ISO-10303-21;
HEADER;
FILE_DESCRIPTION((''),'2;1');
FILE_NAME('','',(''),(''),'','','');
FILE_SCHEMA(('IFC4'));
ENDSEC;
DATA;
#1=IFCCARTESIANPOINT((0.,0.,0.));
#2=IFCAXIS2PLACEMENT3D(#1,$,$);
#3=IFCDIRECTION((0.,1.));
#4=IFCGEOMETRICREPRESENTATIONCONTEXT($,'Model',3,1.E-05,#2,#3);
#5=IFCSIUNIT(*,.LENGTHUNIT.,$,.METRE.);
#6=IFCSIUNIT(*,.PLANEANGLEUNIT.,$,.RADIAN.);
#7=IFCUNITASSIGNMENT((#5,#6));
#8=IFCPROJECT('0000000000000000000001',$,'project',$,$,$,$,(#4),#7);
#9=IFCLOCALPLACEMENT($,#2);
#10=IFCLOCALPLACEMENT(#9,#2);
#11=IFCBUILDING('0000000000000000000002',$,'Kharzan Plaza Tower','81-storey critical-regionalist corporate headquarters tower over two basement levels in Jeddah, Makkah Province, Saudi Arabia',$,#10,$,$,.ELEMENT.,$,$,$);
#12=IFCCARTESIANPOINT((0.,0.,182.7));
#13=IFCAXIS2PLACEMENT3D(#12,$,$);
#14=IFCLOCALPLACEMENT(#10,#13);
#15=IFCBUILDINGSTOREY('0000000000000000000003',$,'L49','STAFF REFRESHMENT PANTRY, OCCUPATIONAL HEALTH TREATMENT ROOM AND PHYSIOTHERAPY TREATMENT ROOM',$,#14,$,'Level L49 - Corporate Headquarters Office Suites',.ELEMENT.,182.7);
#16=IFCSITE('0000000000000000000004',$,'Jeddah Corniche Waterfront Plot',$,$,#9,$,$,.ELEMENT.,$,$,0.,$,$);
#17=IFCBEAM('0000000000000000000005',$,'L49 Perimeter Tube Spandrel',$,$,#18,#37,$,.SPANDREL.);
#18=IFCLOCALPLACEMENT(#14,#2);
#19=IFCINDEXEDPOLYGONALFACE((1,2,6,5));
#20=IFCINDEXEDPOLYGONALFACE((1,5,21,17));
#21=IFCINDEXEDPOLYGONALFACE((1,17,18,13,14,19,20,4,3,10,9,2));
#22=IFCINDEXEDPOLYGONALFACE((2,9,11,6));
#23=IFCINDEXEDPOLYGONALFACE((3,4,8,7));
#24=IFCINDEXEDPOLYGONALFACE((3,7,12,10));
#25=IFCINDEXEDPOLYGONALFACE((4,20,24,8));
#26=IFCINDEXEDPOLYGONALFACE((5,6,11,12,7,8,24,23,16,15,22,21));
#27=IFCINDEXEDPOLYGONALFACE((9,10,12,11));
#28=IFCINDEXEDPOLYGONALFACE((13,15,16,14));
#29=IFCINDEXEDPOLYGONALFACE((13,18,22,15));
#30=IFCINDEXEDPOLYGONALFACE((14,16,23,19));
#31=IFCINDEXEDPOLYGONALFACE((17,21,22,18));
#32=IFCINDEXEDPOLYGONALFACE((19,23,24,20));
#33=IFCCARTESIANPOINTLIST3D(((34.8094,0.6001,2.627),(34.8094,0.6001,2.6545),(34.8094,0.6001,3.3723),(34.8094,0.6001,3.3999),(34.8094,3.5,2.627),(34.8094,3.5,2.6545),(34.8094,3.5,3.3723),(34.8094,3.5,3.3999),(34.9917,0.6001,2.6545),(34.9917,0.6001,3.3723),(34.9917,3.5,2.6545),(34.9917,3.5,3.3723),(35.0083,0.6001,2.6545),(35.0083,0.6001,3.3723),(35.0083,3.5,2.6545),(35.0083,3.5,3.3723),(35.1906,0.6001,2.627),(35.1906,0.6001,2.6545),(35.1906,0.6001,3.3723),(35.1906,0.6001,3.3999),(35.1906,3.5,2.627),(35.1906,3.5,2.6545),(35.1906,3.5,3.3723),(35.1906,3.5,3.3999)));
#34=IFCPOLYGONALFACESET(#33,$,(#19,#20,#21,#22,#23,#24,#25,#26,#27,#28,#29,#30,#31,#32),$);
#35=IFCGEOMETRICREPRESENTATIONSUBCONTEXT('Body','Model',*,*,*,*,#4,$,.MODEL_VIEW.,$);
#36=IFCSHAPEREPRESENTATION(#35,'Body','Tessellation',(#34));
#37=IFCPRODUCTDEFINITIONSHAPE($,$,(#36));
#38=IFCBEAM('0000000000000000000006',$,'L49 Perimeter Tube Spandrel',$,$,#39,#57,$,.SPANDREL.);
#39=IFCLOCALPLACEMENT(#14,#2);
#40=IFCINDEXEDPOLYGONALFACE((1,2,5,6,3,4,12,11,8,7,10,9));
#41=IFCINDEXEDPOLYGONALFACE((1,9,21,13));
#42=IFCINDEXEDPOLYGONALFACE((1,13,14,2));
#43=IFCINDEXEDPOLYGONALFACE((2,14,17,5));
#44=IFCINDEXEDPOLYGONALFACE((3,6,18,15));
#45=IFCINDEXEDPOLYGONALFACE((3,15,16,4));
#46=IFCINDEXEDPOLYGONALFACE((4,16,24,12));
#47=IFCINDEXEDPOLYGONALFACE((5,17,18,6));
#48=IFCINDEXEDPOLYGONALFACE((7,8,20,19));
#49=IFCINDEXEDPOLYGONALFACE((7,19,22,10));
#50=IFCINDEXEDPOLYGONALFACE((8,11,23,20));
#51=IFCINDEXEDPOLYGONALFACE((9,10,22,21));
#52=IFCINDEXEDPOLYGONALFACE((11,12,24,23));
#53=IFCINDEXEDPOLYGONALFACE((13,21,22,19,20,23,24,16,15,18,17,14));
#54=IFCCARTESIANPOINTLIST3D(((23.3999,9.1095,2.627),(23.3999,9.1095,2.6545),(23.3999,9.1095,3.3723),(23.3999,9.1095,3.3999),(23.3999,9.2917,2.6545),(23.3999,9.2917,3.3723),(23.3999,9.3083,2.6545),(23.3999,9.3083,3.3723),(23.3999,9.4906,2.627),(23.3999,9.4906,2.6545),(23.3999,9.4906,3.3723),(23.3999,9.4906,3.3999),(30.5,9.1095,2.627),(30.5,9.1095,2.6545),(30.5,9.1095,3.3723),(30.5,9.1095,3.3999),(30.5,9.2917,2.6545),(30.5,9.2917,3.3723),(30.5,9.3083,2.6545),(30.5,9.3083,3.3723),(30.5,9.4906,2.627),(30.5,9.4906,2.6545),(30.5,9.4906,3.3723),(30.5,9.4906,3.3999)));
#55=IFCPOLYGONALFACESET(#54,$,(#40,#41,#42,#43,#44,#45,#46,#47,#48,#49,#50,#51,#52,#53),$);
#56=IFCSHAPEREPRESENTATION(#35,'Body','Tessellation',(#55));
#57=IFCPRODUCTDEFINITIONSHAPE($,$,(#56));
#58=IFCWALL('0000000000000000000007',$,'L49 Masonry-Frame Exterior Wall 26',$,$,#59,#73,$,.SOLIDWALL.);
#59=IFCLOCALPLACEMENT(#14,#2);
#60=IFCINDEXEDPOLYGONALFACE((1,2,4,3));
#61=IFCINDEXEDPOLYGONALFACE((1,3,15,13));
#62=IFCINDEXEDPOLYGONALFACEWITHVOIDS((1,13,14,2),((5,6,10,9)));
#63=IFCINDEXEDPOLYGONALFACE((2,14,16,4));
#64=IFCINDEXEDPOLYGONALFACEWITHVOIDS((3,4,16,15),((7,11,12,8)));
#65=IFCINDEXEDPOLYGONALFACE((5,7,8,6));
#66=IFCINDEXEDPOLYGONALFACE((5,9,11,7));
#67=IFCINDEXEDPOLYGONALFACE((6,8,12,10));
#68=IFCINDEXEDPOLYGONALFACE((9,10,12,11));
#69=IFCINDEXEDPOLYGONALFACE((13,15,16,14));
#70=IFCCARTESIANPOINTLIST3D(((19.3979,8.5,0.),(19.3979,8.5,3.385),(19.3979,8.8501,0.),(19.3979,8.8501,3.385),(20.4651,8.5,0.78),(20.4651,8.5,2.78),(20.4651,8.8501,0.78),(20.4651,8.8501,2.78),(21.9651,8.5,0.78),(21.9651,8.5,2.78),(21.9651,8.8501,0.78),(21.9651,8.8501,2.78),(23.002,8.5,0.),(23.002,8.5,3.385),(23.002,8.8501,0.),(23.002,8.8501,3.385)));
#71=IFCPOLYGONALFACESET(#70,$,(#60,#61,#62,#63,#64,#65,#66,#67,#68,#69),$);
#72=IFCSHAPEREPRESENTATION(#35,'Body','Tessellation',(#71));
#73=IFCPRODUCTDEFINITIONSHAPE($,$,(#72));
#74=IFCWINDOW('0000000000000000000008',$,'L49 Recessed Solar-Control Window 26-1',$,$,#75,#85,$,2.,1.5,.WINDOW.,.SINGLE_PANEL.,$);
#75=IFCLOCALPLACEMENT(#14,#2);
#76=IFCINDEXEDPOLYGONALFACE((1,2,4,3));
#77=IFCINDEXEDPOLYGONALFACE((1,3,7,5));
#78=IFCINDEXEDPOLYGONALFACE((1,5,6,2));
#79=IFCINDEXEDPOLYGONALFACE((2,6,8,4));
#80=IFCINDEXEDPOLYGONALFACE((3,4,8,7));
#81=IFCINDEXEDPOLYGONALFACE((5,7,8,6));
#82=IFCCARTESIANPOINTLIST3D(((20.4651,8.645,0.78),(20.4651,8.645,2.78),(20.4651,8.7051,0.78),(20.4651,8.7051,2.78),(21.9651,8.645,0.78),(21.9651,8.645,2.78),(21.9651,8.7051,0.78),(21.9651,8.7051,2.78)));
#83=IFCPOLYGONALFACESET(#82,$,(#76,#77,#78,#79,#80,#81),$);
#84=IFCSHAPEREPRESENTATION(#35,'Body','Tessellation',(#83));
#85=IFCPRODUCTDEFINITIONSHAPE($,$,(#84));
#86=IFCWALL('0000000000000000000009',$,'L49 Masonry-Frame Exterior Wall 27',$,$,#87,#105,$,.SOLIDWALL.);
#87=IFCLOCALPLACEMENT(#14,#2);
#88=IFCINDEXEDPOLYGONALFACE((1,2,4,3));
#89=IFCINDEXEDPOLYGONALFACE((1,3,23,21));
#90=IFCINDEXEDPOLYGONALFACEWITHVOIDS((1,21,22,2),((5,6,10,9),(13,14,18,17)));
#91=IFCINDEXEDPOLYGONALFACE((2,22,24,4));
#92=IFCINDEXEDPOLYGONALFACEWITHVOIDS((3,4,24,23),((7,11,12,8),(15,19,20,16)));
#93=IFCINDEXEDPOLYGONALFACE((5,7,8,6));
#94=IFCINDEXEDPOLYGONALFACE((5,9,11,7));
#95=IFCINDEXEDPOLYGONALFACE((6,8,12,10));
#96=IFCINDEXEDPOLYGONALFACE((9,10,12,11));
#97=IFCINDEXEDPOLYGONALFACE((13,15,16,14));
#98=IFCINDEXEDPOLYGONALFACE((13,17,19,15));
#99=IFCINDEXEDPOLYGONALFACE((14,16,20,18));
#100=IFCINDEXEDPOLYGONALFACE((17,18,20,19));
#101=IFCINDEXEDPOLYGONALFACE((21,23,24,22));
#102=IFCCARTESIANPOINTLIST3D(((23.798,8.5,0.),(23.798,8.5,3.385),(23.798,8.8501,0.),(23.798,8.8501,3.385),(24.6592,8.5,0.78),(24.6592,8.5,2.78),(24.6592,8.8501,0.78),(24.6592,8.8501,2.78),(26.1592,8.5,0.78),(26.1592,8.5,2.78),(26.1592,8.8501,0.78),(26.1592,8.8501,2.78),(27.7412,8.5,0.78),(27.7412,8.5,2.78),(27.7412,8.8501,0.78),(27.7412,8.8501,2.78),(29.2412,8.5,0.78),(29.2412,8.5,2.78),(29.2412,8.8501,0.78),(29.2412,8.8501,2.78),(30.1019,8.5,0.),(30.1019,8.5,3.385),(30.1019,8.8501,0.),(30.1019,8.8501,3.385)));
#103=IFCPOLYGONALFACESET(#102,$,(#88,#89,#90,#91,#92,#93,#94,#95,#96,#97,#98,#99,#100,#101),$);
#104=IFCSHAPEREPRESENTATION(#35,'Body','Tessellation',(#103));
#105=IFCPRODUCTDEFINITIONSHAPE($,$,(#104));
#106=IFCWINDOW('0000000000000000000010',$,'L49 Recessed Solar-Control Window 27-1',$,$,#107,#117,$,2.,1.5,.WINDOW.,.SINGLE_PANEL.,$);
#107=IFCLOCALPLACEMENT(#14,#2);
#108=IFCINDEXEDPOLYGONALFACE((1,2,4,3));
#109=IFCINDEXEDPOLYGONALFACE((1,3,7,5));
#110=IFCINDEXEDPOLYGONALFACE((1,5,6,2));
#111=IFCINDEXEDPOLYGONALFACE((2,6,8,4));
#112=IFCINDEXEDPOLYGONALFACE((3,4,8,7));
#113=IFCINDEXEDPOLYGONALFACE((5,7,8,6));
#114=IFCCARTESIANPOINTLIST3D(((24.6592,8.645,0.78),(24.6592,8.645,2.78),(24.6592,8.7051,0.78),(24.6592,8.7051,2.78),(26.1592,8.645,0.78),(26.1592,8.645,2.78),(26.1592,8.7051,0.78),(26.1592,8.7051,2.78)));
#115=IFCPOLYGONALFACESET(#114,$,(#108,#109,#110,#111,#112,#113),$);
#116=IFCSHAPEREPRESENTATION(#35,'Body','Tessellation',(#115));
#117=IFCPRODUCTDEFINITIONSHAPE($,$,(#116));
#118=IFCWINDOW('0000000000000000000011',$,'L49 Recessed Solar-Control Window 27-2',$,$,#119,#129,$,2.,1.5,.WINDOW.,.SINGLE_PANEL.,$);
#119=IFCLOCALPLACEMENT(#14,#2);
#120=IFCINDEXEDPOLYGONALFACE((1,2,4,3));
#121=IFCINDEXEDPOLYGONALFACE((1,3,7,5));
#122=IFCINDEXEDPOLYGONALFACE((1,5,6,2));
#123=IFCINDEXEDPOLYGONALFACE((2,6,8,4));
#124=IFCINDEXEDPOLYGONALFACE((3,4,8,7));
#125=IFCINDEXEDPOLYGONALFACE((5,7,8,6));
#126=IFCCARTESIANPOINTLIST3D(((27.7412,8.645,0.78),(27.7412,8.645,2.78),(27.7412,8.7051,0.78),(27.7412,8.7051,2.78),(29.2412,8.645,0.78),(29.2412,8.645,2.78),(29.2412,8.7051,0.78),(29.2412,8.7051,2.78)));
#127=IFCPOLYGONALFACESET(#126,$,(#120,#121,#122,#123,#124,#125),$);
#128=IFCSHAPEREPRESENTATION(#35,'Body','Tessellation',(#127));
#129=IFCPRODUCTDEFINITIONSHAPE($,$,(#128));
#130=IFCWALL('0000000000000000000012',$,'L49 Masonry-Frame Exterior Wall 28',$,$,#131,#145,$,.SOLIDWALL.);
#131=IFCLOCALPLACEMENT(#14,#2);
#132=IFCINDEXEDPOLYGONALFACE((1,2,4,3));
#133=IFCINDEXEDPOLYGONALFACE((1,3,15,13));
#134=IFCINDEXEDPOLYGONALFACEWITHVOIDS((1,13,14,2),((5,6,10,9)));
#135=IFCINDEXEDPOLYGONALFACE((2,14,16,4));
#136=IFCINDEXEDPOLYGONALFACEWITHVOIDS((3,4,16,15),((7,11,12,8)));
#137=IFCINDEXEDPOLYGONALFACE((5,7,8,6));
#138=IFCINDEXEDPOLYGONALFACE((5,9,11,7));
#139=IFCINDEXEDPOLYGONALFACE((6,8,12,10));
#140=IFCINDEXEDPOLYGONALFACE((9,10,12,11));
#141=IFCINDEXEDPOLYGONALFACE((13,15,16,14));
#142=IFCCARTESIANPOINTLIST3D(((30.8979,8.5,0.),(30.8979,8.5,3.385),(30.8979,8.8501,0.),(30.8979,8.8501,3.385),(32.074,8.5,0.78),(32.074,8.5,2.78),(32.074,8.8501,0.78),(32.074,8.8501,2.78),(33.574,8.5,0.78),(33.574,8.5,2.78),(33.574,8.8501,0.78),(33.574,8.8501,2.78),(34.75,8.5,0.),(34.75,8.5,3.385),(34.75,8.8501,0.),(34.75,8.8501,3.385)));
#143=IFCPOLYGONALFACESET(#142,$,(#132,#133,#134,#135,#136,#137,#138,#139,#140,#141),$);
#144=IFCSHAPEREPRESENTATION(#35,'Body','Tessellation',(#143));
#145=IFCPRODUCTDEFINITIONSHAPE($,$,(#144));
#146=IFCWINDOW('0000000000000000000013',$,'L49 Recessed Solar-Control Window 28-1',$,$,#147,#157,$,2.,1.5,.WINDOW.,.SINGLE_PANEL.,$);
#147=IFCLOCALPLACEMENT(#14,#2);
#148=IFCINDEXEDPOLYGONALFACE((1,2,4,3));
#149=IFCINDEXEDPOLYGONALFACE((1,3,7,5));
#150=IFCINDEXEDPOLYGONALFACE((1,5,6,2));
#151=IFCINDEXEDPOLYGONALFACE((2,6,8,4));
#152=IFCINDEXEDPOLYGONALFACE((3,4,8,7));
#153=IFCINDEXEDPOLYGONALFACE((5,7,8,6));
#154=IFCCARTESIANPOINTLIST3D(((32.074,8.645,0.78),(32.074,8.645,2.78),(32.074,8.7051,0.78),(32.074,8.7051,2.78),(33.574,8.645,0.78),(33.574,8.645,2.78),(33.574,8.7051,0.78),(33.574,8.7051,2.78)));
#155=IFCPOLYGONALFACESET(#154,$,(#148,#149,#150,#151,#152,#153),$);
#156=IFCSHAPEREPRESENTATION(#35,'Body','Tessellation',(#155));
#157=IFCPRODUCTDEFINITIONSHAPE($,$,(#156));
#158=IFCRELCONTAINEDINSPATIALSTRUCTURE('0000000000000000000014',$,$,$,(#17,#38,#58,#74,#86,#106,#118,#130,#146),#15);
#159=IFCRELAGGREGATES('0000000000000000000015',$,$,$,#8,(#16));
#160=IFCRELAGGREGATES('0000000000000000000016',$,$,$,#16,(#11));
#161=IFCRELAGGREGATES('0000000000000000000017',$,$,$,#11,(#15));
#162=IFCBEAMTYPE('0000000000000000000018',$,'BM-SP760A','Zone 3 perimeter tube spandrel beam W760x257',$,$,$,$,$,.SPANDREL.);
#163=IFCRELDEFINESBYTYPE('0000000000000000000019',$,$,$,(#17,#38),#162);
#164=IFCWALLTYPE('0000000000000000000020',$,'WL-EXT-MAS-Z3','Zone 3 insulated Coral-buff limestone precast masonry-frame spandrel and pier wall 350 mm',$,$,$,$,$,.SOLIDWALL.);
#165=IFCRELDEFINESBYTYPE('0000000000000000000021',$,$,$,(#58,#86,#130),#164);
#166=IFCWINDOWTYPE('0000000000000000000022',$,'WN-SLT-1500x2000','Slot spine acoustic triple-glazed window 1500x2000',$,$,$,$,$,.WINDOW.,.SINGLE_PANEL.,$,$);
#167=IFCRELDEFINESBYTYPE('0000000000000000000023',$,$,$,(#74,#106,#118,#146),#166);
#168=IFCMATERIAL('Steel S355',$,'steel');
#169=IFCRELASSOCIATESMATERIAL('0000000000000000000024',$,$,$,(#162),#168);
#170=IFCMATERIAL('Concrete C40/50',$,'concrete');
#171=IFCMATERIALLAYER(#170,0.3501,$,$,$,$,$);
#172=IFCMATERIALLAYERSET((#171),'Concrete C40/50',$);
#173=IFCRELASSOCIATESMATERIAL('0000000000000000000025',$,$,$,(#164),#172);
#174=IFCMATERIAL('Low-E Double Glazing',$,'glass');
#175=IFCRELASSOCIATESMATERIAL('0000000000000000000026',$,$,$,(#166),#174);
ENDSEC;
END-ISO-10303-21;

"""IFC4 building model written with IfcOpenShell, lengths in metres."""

from ifc_helpers import new_model, si_unit, direction, frame, frame_2d, origin, origin_2d, place, context, subcontext, project, spatial, rectangle, i_section, extrude, source, transform, mapped, material, layer, layer_set, material_profile, profile_set, type_object, element, fill, save


model = new_model("IFC4")

# Units and contexts
model_context = context("Model", 3, precision=1e-05, world=origin(), true_north=direction((0.0, 1.0)))
body_context = subcontext(model_context, "Body", "Model", "MODEL_VIEW")
ifc_project = project(units=[si_unit("LENGTHUNIT", "METRE"), si_unit("PLANEANGLEUNIT", "RADIAN")], contexts=[model_context])

# Site, building, storey
site_placement = place(None, origin())
site = spatial("IfcSite", under=ifc_project, at=site_placement, Name="Jeddah Corniche Waterfront Plot", CompositionType="ELEMENT", RefElevation=0.0)
building_placement = place(site_placement, origin())
building = spatial("IfcBuilding", under=site, at=building_placement, Name="Kharzan Plaza Tower", Description="81-storey critical-regionalist corporate headquarters tower over two basement levels in Jeddah, Makkah Province, Saudi Arabia", CompositionType="ELEMENT")
storey_placement = place(building_placement, frame((0.0, 0.0, 182.7)))
storey = spatial("IfcBuildingStorey", under=building, at=storey_placement, Name="L49", Description="STAFF REFRESHMENT PANTRY, OCCUPATIONAL HEALTH TREATMENT ROOM AND PHYSIOTHERAPY TREATMENT ROOM", LongName="Level L49 - Corporate Headquarters Office Suites", CompositionType="ELEMENT", Elevation=182.7)

# Beams
ifc_material_1 = material(Name="Steel S355", Category="steel")
ifc_material_profile_1 = material_profile(ifc_material_1, i_section(OverallWidth=0.3811, OverallDepth=0.7729, WebThickness=0.0166, FlangeThickness=0.0276, at=origin_2d()), Name="W760x257")
ifc_profile_set_1 = profile_set([ifc_material_profile_1], Name="Steel S355")
beam_type_1 = type_object("IfcBeamType", Name="BM-SP760A", Description="Zone 3 perimeter tube spandrel beam W760x257", PredefinedType="SPANDREL", material=ifc_profile_set_1)
shared_shape_1 = source(origin(), body_context, "Body", "SweptSolid", [
    extrude(i_section(OverallWidth=0.3811, OverallDepth=0.7729, WebThickness=0.0166, FlangeThickness=0.0276, at=origin_2d()), origin(), (0.0, 0.0, 1.0), 2.8999),
])
for number, where, z_axis, x_axis, name in (
    (1, (35.0, 0.6001, 3.0134), (0.0, 1.0, 0.0), (-1.0, 0.0, 0.0), "L49 Perimeter Tube Spandrel"),
):
    element("IfcBeam", number, at=place(storey_placement, frame(where, z_axis=z_axis, x_axis=x_axis)), inside=storey, type_object=beam_type_1, Name=name, PredefinedType="SPANDREL", context=body_context, shape_type="MappedRepresentation", body=[
        mapped(shared_shape_1, transform((0.0, 0.0, 0.0), x_axis=(1.0, 0.0, 0.0), y_axis=(0.0, 1.0, 0.0), z_axis=(0.0, 0.0, 1.0))),
    ])
shared_shape_2 = source(origin(), body_context, "Body", "SweptSolid", [
    extrude(i_section(OverallWidth=0.3811, OverallDepth=0.7729, WebThickness=0.0166, FlangeThickness=0.0276, at=origin_2d()), origin(), (0.0, 0.0, 1.0), 7.1001),
])
beam_1_placement = place(storey_placement, frame((23.3999, 9.3, 3.0134), z_axis=(1.0, 0.0, 0.0), x_axis=(0.0, 1.0, 0.0)))
element("IfcBeam", 2, at=beam_1_placement, inside=storey, type_object=beam_type_1, Name="L49 Perimeter Tube Spandrel", PredefinedType="SPANDREL", context=body_context, shape_type="MappedRepresentation", body=[
    mapped(shared_shape_2, transform((0.0, 0.0, 0.0), x_axis=(1.0, 0.0, 0.0), y_axis=(0.0, 1.0, 0.0), z_axis=(0.0, 0.0, 1.0))),
])

# Wall, opening, window
ifc_material_2 = material(Name="Concrete C40/50", Category="concrete")
ifc_layer_1 = layer(ifc_material_2, 0.3501)
ifc_layer_set_1 = layer_set([ifc_layer_1], Name="Concrete C40/50")
wall_type_1 = type_object("IfcWallType", Name="WL-EXT-MAS-Z3", Description="Zone 3 insulated Coral-buff limestone precast masonry-frame spandrel and pier wall 350 mm", PredefinedType="SOLIDWALL", material=ifc_layer_set_1)
wall_1_placement = place(storey_placement, frame((19.3979, 8.675, 0.0), z_axis=(0.0, 0.0, 1.0), x_axis=(1.0, 0.0, 0.0)))
wall_1 = element("IfcWall", 3, at=wall_1_placement, inside=storey, type_object=wall_type_1, Name="L49 Masonry-Frame Exterior Wall 26", PredefinedType="SOLIDWALL", context=body_context, shape_type="SweptSolid", body=[
    extrude(rectangle(XDim=3.604, YDim=0.3501, at=frame_2d((1.802, 0.0))), origin(), (0.0, 0.0, 1.0), 3.385),
])
opening_1_placement = place(wall_1_placement, frame((1.0671, 0.0, 0.78)))
opening_1 = element("IfcOpeningElement", 4, at=opening_1_placement, cuts=wall_1, PredefinedType="OPENING", context=body_context, shape_type="SweptSolid", body=[
    extrude(rectangle(XDim=1.5, YDim=2.0, at=frame_2d((0.75, 1.0))), frame((0.0, 0.1851, 0.0), z_axis=(0.0, -1.0, 0.0), x_axis=(1.0, 0.0, 0.0)), (0.0, 0.0, 1.0), 0.3701),
])
ifc_material_3 = material(Name="Low-E Double Glazing", Category="glass")
window_type = type_object("IfcWindowType", Name="WN-SLT-1500x2000", Description="Slot spine acoustic triple-glazed window 1500x2000", PartitioningType="SINGLE_PANEL", PredefinedType="WINDOW", material=ifc_material_3)
shared_shape_3 = source(origin(), body_context, "Body", "SweptSolid", [
    extrude(rectangle(XDim=1.5, YDim=2.0, at=frame_2d((0.75, 1.0))), frame((0.0, 0.03, 0.0), z_axis=(0.0, -1.0, 0.0), x_axis=(1.0, 0.0, 0.0)), (0.0, 0.0, 1.0), 0.0601),
])
window_1_placement = place(opening_1_placement, origin())
window_1 = element("IfcWindow", 5, at=window_1_placement, inside=storey, type_object=window_type, Name="L49 Recessed Solar-Control Window 26-1", OverallHeight=2.0, OverallWidth=1.5, PartitioningType="SINGLE_PANEL", PredefinedType="WINDOW", context=body_context, shape_type="MappedRepresentation", body=[
    mapped(shared_shape_3, transform((0.0, 0.0, 0.0), x_axis=(1.0, 0.0, 0.0), y_axis=(0.0, 1.0, 0.0), z_axis=(0.0, 0.0, 1.0))),
])
fill(opening_1, window_1)

# Wall, openings, windows
wall_2_placement = place(storey_placement, frame((23.7981, 8.675, 0.0), z_axis=(0.0, 0.0, 1.0), x_axis=(1.0, 0.0, 0.0)))
wall_2 = element("IfcWall", 6, at=wall_2_placement, inside=storey, type_object=wall_type_1, Name="L49 Masonry-Frame Exterior Wall 27", PredefinedType="SOLIDWALL", context=body_context, shape_type="SweptSolid", body=[
    extrude(rectangle(XDim=6.304, YDim=0.3501, at=frame_2d((3.1519, 0.0))), origin(), (0.0, 0.0, 1.0), 3.385),
])
opening_2_placement = place(wall_2_placement, frame((0.8611, 0.0, 0.78)))
opening_2 = element("IfcOpeningElement", 7, at=opening_2_placement, cuts=wall_2, PredefinedType="OPENING", context=body_context, shape_type="SweptSolid", body=[
    extrude(rectangle(XDim=1.5, YDim=2.0, at=frame_2d((0.75, 1.0))), frame((0.0, 0.1851, 0.0), z_axis=(0.0, -1.0, 0.0), x_axis=(1.0, 0.0, 0.0)), (0.0, 0.0, 1.0), 0.3701),
])
opening_3_placement = place(wall_2_placement, frame((3.9431, 0.0, 0.78)))
opening_3 = element("IfcOpeningElement", 8, at=opening_3_placement, cuts=wall_2, PredefinedType="OPENING", context=body_context, shape_type="SweptSolid", body=[
    extrude(rectangle(XDim=1.5, YDim=2.0, at=frame_2d((0.75, 1.0))), frame((0.0, 0.1851, 0.0), z_axis=(0.0, -1.0, 0.0), x_axis=(1.0, 0.0, 0.0)), (0.0, 0.0, 1.0), 0.3701),
])
window_2_placement = place(opening_2_placement, origin())
window_2 = element("IfcWindow", 9, at=window_2_placement, inside=storey, type_object=window_type, Name="L49 Recessed Solar-Control Window 27-1", OverallHeight=2.0, OverallWidth=1.5, PartitioningType="SINGLE_PANEL", PredefinedType="WINDOW", context=body_context, shape_type="MappedRepresentation", body=[
    mapped(shared_shape_3, transform((0.0, 0.0, 0.0), x_axis=(1.0, 0.0, 0.0), y_axis=(0.0, 1.0, 0.0), z_axis=(0.0, 0.0, 1.0))),
])
fill(opening_2, window_2)
window_3_placement = place(opening_3_placement, origin())
window_3 = element("IfcWindow", 10, at=window_3_placement, inside=storey, type_object=window_type, Name="L49 Recessed Solar-Control Window 27-2", OverallHeight=2.0, OverallWidth=1.5, PartitioningType="SINGLE_PANEL", PredefinedType="WINDOW", context=body_context, shape_type="MappedRepresentation", body=[
    mapped(shared_shape_3, transform((0.0, 0.0, 0.0), x_axis=(1.0, 0.0, 0.0), y_axis=(0.0, 1.0, 0.0), z_axis=(0.0, 0.0, 1.0))),
])
fill(opening_3, window_3)

# Wall, opening, window
wall_3_placement = place(storey_placement, frame((30.8979, 8.675, 0.0), z_axis=(0.0, 0.0, 1.0), x_axis=(1.0, 0.0, 0.0)))
wall_3 = element("IfcWall", 11, at=wall_3_placement, inside=storey, type_object=wall_type_1, Name="L49 Masonry-Frame Exterior Wall 28", PredefinedType="SOLIDWALL", context=body_context, shape_type="SweptSolid", body=[
    extrude(rectangle(XDim=3.8521, YDim=0.3501, at=frame_2d((1.926, 0.0))), origin(), (0.0, 0.0, 1.0), 3.385),
])
opening_4_placement = place(wall_3_placement, frame((1.176, 0.0, 0.78)))
opening_4 = element("IfcOpeningElement", 12, at=opening_4_placement, cuts=wall_3, PredefinedType="OPENING", context=body_context, shape_type="SweptSolid", body=[
    extrude(rectangle(XDim=1.5, YDim=2.0, at=frame_2d((0.75, 1.0))), frame((0.0, 0.1851, 0.0), z_axis=(0.0, -1.0, 0.0), x_axis=(1.0, 0.0, 0.0)), (0.0, 0.0, 1.0), 0.3701),
])
window_4_placement = place(opening_4_placement, origin())
window_4 = element("IfcWindow", 13, at=window_4_placement, inside=storey, type_object=window_type, Name="L49 Recessed Solar-Control Window 28-1", OverallHeight=2.0, OverallWidth=1.5, PartitioningType="SINGLE_PANEL", PredefinedType="WINDOW", context=body_context, shape_type="MappedRepresentation", body=[
    mapped(shared_shape_3, transform((0.0, 0.0, 0.0), x_axis=(1.0, 0.0, 0.0), y_axis=(0.0, 1.0, 0.0), z_axis=(0.0, 0.0, 1.0))),
])
fill(opening_4, window_4)

save(model, "model.ifc")
